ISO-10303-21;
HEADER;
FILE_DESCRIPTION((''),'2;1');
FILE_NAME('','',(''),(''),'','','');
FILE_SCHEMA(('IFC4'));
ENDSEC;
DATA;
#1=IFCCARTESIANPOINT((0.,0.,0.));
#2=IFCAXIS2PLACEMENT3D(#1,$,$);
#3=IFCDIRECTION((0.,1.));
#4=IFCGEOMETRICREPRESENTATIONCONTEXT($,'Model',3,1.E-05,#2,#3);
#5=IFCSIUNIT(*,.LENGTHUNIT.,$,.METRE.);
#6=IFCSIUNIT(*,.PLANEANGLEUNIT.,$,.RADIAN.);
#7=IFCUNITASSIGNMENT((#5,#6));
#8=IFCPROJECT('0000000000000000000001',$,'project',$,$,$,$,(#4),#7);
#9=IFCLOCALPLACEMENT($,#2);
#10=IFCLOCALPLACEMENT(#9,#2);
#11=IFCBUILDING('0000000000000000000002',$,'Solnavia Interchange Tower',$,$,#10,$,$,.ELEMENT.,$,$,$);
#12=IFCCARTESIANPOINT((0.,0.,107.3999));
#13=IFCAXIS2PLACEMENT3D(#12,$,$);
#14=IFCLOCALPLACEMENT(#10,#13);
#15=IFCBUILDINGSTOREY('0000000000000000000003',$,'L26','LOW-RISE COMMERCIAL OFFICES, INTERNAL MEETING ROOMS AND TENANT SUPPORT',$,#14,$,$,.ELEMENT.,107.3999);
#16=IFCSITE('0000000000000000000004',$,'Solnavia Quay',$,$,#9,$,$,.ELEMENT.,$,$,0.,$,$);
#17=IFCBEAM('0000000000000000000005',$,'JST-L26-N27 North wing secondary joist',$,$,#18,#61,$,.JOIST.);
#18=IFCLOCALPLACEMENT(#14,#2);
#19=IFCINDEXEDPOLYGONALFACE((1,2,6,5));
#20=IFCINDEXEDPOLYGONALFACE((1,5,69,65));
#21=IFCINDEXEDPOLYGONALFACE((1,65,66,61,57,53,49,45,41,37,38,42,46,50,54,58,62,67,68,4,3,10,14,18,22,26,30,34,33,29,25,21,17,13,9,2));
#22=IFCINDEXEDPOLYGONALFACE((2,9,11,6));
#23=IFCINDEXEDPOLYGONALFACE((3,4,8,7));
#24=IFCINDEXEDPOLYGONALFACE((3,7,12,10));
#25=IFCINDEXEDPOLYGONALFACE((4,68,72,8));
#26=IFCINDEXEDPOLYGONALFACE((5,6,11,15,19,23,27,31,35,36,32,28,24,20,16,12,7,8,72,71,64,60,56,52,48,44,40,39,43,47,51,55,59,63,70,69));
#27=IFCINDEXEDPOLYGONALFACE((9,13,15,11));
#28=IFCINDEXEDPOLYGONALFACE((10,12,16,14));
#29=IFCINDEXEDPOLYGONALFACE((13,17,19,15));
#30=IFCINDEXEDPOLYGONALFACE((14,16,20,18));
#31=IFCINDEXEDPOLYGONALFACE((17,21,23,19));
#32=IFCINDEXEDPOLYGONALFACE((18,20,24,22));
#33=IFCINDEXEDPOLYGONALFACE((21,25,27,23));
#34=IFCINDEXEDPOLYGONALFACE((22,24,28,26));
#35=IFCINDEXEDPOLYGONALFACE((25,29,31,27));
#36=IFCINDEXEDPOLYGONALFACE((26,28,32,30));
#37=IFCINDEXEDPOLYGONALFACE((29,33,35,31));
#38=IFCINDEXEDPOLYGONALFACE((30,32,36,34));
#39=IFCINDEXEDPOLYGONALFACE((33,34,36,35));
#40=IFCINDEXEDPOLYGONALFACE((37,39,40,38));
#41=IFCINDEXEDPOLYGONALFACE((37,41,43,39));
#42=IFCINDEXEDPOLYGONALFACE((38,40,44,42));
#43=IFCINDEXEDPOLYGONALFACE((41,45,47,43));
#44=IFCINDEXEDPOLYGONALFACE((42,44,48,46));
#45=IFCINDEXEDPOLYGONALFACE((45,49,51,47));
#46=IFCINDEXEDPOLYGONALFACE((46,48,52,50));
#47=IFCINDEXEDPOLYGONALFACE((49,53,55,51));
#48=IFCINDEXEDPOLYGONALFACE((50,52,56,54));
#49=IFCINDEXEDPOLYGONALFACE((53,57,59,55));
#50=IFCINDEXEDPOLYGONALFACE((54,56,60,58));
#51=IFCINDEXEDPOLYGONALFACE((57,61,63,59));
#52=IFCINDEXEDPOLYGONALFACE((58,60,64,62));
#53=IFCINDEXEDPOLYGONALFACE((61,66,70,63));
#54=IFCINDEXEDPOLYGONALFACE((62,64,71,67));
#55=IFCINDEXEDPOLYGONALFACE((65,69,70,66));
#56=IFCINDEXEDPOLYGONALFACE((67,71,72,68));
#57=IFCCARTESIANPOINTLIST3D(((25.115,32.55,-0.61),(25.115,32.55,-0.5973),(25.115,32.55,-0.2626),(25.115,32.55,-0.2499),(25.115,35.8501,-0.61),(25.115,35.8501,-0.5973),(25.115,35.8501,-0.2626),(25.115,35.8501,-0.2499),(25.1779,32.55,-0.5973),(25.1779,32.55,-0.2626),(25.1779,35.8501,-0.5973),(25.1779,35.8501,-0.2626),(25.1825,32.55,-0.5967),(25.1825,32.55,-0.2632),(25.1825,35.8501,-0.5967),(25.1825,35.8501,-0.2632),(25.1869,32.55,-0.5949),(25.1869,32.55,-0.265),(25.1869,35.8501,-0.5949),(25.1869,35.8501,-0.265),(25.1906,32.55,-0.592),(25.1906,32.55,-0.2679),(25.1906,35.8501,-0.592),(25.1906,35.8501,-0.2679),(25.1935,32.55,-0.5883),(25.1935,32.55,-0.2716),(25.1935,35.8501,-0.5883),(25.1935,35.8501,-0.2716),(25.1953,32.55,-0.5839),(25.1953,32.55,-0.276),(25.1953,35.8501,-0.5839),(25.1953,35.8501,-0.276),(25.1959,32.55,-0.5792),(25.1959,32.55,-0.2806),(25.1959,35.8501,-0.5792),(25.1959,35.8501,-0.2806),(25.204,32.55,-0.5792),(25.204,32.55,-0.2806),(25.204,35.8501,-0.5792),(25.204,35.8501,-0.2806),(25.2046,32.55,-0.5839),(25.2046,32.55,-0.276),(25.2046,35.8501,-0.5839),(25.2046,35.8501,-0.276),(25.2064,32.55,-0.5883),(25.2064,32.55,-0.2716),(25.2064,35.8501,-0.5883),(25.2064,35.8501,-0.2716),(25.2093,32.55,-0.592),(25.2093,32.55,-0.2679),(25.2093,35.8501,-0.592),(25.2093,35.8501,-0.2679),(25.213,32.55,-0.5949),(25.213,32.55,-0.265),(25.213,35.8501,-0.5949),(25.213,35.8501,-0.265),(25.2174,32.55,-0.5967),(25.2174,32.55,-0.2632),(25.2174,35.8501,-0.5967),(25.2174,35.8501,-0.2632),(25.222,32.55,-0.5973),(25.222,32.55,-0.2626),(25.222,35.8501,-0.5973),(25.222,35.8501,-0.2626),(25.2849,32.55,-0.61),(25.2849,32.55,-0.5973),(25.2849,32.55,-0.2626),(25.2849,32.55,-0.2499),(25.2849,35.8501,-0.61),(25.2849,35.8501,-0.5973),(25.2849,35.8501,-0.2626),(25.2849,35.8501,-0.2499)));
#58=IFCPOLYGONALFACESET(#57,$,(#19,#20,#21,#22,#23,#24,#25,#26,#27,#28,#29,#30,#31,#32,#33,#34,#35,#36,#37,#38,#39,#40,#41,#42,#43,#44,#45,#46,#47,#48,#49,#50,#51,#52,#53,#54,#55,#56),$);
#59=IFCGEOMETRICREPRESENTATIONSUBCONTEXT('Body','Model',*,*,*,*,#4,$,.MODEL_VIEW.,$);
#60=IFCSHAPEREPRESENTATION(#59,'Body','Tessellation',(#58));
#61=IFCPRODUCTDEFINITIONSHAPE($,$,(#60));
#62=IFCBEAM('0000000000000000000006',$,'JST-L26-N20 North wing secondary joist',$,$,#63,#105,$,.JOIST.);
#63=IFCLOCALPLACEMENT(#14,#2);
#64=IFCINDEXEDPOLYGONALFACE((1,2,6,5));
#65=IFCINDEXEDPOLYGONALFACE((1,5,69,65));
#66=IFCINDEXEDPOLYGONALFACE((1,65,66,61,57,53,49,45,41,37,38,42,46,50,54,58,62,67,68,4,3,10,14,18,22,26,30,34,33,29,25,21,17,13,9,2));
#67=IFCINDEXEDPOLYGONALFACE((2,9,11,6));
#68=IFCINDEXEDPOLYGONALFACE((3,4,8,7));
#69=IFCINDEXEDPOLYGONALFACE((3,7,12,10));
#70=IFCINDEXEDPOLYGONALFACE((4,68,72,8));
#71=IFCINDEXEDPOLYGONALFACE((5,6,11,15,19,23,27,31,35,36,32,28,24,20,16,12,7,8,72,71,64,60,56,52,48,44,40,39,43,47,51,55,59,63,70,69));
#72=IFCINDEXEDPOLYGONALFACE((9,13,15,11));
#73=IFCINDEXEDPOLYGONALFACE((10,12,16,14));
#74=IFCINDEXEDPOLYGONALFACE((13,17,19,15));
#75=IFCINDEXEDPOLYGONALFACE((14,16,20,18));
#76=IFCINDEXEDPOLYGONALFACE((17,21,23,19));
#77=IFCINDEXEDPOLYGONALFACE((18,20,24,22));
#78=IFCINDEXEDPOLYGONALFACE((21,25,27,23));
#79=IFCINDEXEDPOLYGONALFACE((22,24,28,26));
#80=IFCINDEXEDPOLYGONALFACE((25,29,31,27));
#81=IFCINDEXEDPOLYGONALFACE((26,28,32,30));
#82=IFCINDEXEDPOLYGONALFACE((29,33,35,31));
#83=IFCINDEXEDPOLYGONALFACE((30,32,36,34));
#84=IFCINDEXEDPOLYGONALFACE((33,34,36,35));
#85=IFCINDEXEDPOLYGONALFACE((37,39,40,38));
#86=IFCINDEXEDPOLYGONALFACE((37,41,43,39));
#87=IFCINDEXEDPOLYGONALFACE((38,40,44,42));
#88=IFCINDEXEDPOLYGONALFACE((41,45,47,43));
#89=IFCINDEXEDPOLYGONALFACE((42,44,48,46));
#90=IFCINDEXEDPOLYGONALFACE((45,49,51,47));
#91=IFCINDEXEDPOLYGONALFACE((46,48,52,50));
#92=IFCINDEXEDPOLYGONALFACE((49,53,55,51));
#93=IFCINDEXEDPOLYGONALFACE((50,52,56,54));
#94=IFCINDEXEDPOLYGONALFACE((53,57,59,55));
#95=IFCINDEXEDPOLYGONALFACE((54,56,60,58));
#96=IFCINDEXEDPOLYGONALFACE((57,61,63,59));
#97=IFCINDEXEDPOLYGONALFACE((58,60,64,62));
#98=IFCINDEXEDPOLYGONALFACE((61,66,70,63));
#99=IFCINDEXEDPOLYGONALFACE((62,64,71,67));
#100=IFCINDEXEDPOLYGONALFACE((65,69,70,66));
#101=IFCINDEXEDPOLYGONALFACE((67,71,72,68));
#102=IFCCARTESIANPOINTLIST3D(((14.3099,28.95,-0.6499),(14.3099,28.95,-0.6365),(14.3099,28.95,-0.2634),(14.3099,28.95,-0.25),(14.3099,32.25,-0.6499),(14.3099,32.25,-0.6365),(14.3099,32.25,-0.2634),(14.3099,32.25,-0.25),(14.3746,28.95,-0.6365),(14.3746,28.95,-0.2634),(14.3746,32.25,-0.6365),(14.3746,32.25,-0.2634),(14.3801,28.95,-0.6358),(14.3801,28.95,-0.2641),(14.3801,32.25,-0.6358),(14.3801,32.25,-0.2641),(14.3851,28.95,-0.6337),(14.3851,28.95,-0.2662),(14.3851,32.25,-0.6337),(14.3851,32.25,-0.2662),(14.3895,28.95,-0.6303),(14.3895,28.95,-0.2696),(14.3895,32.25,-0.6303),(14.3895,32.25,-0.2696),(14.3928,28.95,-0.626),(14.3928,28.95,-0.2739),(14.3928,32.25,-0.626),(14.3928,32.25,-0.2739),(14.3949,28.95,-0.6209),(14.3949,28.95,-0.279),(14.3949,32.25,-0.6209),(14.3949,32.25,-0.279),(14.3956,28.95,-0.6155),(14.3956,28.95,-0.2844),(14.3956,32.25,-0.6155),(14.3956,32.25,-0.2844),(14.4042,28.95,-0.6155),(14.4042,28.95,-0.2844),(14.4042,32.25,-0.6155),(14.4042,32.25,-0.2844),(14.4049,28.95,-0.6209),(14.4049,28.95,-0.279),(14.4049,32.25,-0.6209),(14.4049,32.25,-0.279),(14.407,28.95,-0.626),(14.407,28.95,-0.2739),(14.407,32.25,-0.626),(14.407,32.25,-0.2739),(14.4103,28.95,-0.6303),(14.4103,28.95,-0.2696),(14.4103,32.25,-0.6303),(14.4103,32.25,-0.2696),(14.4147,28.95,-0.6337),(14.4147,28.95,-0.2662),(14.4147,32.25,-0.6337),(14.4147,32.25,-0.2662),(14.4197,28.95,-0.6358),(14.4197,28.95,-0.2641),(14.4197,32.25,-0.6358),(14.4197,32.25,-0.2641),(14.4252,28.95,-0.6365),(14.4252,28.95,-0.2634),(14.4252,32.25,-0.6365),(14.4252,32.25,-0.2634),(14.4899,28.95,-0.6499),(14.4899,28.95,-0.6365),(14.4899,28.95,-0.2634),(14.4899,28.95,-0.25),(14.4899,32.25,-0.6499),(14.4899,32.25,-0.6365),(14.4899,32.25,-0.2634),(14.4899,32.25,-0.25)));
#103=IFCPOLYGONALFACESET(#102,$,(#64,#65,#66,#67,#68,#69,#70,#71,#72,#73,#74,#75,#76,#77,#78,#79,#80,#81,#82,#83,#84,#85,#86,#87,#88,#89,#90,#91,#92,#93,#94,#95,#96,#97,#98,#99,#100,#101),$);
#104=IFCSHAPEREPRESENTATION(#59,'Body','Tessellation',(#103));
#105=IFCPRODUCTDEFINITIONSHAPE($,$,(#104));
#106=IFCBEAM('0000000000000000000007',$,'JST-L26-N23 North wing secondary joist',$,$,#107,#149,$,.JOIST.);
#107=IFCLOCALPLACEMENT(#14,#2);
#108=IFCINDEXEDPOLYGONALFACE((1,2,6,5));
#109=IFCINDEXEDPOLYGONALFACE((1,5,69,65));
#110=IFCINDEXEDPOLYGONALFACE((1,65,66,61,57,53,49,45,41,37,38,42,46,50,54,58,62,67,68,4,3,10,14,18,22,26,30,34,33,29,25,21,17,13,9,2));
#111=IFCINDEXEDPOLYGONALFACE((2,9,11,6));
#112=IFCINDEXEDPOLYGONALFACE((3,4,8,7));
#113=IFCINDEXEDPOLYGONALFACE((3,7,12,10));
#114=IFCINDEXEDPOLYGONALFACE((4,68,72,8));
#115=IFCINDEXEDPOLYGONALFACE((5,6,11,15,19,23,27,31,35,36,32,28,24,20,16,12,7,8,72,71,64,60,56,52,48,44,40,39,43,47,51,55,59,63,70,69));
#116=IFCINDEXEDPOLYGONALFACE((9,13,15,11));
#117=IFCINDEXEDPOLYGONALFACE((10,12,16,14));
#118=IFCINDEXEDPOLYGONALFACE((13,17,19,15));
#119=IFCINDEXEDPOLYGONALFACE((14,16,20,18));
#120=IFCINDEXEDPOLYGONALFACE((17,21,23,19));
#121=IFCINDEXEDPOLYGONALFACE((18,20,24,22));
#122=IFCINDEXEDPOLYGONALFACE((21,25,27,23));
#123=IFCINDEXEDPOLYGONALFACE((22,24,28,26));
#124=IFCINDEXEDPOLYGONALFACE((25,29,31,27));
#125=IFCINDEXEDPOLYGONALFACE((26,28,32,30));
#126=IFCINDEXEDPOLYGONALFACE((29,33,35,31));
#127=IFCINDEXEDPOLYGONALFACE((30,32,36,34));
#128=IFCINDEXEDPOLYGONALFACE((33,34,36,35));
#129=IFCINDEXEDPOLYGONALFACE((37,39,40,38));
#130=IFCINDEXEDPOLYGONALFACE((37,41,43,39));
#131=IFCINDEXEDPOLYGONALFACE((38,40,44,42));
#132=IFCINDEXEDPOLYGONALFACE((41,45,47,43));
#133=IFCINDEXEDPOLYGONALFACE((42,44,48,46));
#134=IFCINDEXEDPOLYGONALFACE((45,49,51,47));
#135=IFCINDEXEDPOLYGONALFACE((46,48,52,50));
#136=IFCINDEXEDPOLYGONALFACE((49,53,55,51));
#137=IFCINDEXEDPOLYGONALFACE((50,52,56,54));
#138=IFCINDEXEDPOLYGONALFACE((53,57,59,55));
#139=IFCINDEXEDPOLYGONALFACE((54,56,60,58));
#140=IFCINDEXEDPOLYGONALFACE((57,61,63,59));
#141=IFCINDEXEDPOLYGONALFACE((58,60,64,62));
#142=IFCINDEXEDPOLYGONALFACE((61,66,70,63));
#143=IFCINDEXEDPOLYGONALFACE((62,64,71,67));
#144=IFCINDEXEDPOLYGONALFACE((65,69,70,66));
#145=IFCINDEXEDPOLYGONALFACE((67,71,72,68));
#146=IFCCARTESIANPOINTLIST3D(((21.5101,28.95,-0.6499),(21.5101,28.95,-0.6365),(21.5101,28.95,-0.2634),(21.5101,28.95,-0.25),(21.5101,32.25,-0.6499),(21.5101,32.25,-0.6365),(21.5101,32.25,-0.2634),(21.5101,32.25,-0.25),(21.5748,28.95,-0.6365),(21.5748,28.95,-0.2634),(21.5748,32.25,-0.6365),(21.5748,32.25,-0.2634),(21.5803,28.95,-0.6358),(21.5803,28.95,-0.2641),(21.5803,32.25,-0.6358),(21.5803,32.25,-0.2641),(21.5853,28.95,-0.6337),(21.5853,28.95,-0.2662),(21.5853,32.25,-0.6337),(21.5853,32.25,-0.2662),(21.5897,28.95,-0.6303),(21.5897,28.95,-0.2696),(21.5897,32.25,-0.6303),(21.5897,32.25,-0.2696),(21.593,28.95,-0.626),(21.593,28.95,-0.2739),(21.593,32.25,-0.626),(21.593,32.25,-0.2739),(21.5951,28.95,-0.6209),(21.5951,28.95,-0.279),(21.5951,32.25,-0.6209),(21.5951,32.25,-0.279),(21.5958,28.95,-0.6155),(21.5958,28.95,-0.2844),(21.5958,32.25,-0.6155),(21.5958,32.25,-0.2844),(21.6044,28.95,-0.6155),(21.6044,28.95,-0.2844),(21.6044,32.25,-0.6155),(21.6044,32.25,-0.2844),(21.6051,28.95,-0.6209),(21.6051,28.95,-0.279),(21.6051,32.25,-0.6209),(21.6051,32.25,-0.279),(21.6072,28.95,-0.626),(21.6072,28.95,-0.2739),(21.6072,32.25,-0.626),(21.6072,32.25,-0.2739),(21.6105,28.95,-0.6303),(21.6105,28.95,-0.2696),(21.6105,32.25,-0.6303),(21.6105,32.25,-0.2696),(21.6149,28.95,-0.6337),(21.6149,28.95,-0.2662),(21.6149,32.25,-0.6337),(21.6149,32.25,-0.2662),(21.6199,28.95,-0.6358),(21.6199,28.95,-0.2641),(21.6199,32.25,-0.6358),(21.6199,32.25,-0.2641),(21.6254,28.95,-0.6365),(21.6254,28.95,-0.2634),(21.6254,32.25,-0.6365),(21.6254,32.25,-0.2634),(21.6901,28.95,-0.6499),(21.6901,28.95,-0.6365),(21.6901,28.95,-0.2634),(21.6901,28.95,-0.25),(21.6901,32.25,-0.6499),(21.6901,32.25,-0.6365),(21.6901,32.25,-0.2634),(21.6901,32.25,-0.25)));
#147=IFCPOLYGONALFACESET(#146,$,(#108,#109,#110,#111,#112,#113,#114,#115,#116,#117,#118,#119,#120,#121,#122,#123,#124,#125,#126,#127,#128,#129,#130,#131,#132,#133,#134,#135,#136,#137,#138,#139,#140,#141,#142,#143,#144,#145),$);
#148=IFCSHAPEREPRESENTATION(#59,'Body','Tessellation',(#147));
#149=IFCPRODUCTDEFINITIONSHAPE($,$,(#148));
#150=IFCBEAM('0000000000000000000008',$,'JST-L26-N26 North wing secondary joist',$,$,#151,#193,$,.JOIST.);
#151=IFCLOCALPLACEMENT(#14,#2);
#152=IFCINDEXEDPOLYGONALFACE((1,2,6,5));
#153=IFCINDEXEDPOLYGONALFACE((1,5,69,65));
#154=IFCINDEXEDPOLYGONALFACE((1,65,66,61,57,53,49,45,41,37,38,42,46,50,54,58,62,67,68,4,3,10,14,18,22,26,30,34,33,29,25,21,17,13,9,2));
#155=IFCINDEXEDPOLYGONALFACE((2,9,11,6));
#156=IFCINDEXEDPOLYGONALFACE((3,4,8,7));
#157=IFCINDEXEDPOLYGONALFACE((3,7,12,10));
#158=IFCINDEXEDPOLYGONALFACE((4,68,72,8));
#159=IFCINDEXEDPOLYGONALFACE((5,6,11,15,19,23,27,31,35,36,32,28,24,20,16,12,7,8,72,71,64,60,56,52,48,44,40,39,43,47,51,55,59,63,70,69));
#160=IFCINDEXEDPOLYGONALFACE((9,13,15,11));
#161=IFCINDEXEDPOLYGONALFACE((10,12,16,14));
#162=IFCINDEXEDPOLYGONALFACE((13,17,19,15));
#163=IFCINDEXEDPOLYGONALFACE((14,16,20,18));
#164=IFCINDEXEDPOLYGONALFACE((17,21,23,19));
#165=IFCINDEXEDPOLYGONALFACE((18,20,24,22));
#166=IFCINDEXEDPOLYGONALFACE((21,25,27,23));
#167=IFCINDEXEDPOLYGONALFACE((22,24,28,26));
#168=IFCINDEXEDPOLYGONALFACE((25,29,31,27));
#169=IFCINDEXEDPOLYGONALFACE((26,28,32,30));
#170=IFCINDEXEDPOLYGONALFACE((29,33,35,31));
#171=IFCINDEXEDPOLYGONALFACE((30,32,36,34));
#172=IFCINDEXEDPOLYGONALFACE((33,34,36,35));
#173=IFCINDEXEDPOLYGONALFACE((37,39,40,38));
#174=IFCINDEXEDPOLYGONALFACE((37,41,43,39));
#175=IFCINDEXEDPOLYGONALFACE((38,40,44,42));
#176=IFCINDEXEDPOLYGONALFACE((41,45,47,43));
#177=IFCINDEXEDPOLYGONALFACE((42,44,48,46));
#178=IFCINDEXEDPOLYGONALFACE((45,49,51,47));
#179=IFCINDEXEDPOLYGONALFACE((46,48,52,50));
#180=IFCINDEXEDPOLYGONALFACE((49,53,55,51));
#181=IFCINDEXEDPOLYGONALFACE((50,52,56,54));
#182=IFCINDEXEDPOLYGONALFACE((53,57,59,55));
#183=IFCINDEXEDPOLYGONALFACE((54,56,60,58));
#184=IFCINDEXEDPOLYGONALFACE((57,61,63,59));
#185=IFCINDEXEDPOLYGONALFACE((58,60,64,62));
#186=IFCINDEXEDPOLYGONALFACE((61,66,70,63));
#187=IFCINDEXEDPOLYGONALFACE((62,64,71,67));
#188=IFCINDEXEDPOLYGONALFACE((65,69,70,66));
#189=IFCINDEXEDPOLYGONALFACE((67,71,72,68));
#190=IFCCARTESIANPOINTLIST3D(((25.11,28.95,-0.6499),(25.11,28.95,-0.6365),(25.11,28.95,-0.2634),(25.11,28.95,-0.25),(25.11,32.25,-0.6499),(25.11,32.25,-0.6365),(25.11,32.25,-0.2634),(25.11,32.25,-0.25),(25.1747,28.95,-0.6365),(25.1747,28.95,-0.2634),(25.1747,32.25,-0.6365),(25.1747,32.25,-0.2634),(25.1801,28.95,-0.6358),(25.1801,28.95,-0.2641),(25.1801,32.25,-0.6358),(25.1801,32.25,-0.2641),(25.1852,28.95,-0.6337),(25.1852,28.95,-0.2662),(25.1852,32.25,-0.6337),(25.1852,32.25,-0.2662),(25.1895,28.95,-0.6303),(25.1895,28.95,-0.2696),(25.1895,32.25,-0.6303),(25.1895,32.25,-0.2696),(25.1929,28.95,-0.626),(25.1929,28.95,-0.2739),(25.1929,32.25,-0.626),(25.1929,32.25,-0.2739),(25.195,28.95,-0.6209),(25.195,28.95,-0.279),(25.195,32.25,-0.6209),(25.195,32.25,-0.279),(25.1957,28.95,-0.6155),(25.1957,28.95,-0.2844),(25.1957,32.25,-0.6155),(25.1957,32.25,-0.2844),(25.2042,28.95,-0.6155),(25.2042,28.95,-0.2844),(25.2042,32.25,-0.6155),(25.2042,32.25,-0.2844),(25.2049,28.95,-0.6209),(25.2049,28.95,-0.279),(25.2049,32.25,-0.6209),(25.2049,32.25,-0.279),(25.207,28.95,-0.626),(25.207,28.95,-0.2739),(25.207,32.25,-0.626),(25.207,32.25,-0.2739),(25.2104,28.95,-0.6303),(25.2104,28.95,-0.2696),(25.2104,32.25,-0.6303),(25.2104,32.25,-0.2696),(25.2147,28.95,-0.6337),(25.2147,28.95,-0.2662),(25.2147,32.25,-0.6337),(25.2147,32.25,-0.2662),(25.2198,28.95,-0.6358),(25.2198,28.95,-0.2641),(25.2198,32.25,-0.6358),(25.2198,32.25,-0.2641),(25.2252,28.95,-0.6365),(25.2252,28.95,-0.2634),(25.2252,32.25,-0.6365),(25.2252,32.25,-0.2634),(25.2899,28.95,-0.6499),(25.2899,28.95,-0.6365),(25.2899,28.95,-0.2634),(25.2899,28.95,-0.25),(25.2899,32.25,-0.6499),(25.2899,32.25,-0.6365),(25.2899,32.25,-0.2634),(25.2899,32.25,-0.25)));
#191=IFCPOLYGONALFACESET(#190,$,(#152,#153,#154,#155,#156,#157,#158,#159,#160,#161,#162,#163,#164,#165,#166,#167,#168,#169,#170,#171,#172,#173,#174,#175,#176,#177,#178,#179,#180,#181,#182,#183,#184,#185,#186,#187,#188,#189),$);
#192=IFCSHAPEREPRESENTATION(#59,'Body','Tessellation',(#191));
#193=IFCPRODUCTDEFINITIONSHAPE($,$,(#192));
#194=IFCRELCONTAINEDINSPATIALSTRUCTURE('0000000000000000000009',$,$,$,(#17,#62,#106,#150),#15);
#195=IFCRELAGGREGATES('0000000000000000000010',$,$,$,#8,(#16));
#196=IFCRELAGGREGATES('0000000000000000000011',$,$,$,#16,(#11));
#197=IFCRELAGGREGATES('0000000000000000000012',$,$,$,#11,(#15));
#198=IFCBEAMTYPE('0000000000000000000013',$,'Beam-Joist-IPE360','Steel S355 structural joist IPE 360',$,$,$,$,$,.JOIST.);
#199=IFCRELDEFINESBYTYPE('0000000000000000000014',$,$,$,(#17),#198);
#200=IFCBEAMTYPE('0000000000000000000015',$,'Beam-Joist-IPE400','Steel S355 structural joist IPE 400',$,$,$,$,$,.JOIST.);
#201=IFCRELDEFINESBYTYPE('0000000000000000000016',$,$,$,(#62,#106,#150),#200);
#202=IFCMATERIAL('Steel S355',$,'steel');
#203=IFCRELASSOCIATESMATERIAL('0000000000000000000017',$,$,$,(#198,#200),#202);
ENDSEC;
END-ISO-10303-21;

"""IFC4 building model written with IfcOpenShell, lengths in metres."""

from ifc_helpers import new_model, si_unit, direction, frame, origin, origin_2d, place, context, subcontext, project, spatial, i_section, extrude, material, material_profile, profile_set, type_object, element, save


model = new_model("IFC4")

# Units and contexts
model_context = context("Model", 3, precision=1e-05, world=origin(), true_north=direction((0.0, 1.0)))
body_context = subcontext(model_context, "Body", "Model", "MODEL_VIEW")
ifc_project = project(units=[si_unit("LENGTHUNIT", "METRE"), si_unit("PLANEANGLEUNIT", "RADIAN")], contexts=[model_context])

# Site, building, storey
site_placement = place(None, origin())
site = spatial("IfcSite", under=ifc_project, at=site_placement, Name="Solnavia Quay", CompositionType="ELEMENT", RefElevation=0.0)
building_placement = place(site_placement, origin())
building = spatial("IfcBuilding", under=site, at=building_placement, Name="Solnavia Interchange Tower", CompositionType="ELEMENT")
storey_placement = place(building_placement, frame((0.0, 0.0, 107.3999)))
storey = spatial("IfcBuildingStorey", under=building, at=storey_placement, Name="L26", Description="LOW-RISE COMMERCIAL OFFICES, INTERNAL MEETING ROOMS AND TENANT SUPPORT", CompositionType="ELEMENT", Elevation=107.3999)

# Shared definitions
ifc_material_1 = material(Name="Steel S355", Category="steel")

# Beams
ifc_material_profile_1 = material_profile(ifc_material_1, i_section(OverallWidth=0.1699, OverallDepth=0.3601, WebThickness=0.0081, FlangeThickness=0.0127, FilletRadius=0.0181, at=origin_2d()), Name="IPE 360")
ifc_profile_set_1 = profile_set([ifc_material_profile_1], Name="Steel S355")
beam_type_1 = type_object("IfcBeamType", Name="Beam-Joist-IPE360", Description="Steel S355 structural joist IPE 360", PredefinedType="JOIST", material=ifc_profile_set_1)
for number, where, z_axis, x_axis, name in (
    (1, (25.2, 32.55, -0.4299), (0.0, 1.0, 0.0), (-1.0, 0.0, 0.0), "JST-L26-N27 North wing secondary joist"),
):
    element("IfcBeam", number, at=place(storey_placement, frame(where, z_axis=z_axis, x_axis=x_axis)), inside=storey, type_object=beam_type_1, Name=name, PredefinedType="JOIST", context=body_context, shape_type="SweptSolid", body=[
        extrude(i_section(OverallWidth=0.1699, OverallDepth=0.3601, WebThickness=0.0081, FlangeThickness=0.0127, FilletRadius=0.0181, at=origin_2d()), origin(), (0.0, 0.0, 1.0), 3.3),
    ])
ifc_material_profile_2 = material_profile(ifc_material_1, i_section(OverallWidth=0.1799, OverallDepth=0.3999, WebThickness=0.0085, FlangeThickness=0.0134, FilletRadius=0.021, at=origin_2d()), Name="IPE 400")
ifc_profile_set_2 = profile_set([ifc_material_profile_2], Name="Steel S355")
beam_type_2 = type_object("IfcBeamType", Name="Beam-Joist-IPE400", Description="Steel S355 structural joist IPE 400", PredefinedType="JOIST", material=ifc_profile_set_2)
for number, where, z_axis, x_axis, name in (
    (2, (14.3999, 28.95, -0.45), (0.0, 1.0, 0.0), (-1.0, 0.0, 0.0), "JST-L26-N20 North wing secondary joist"),
    (3, (21.6001, 28.95, -0.45), (0.0, 1.0, 0.0), (-1.0, 0.0, 0.0), "JST-L26-N23 North wing secondary joist"),
    (4, (25.2, 28.95, -0.45), (0.0, 1.0, 0.0), (-1.0, 0.0, 0.0), "JST-L26-N26 North wing secondary joist"),
):
    element("IfcBeam", number, at=place(storey_placement, frame(where, z_axis=z_axis, x_axis=x_axis)), inside=storey, type_object=beam_type_2, Name=name, PredefinedType="JOIST", context=body_context, shape_type="SweptSolid", body=[
        extrude(i_section(OverallWidth=0.1799, OverallDepth=0.3999, WebThickness=0.0085, FlangeThickness=0.0134, FilletRadius=0.021, at=origin_2d()), origin(), (0.0, 0.0, 1.0), 3.3),
    ])

save(model, "model.ifc")
